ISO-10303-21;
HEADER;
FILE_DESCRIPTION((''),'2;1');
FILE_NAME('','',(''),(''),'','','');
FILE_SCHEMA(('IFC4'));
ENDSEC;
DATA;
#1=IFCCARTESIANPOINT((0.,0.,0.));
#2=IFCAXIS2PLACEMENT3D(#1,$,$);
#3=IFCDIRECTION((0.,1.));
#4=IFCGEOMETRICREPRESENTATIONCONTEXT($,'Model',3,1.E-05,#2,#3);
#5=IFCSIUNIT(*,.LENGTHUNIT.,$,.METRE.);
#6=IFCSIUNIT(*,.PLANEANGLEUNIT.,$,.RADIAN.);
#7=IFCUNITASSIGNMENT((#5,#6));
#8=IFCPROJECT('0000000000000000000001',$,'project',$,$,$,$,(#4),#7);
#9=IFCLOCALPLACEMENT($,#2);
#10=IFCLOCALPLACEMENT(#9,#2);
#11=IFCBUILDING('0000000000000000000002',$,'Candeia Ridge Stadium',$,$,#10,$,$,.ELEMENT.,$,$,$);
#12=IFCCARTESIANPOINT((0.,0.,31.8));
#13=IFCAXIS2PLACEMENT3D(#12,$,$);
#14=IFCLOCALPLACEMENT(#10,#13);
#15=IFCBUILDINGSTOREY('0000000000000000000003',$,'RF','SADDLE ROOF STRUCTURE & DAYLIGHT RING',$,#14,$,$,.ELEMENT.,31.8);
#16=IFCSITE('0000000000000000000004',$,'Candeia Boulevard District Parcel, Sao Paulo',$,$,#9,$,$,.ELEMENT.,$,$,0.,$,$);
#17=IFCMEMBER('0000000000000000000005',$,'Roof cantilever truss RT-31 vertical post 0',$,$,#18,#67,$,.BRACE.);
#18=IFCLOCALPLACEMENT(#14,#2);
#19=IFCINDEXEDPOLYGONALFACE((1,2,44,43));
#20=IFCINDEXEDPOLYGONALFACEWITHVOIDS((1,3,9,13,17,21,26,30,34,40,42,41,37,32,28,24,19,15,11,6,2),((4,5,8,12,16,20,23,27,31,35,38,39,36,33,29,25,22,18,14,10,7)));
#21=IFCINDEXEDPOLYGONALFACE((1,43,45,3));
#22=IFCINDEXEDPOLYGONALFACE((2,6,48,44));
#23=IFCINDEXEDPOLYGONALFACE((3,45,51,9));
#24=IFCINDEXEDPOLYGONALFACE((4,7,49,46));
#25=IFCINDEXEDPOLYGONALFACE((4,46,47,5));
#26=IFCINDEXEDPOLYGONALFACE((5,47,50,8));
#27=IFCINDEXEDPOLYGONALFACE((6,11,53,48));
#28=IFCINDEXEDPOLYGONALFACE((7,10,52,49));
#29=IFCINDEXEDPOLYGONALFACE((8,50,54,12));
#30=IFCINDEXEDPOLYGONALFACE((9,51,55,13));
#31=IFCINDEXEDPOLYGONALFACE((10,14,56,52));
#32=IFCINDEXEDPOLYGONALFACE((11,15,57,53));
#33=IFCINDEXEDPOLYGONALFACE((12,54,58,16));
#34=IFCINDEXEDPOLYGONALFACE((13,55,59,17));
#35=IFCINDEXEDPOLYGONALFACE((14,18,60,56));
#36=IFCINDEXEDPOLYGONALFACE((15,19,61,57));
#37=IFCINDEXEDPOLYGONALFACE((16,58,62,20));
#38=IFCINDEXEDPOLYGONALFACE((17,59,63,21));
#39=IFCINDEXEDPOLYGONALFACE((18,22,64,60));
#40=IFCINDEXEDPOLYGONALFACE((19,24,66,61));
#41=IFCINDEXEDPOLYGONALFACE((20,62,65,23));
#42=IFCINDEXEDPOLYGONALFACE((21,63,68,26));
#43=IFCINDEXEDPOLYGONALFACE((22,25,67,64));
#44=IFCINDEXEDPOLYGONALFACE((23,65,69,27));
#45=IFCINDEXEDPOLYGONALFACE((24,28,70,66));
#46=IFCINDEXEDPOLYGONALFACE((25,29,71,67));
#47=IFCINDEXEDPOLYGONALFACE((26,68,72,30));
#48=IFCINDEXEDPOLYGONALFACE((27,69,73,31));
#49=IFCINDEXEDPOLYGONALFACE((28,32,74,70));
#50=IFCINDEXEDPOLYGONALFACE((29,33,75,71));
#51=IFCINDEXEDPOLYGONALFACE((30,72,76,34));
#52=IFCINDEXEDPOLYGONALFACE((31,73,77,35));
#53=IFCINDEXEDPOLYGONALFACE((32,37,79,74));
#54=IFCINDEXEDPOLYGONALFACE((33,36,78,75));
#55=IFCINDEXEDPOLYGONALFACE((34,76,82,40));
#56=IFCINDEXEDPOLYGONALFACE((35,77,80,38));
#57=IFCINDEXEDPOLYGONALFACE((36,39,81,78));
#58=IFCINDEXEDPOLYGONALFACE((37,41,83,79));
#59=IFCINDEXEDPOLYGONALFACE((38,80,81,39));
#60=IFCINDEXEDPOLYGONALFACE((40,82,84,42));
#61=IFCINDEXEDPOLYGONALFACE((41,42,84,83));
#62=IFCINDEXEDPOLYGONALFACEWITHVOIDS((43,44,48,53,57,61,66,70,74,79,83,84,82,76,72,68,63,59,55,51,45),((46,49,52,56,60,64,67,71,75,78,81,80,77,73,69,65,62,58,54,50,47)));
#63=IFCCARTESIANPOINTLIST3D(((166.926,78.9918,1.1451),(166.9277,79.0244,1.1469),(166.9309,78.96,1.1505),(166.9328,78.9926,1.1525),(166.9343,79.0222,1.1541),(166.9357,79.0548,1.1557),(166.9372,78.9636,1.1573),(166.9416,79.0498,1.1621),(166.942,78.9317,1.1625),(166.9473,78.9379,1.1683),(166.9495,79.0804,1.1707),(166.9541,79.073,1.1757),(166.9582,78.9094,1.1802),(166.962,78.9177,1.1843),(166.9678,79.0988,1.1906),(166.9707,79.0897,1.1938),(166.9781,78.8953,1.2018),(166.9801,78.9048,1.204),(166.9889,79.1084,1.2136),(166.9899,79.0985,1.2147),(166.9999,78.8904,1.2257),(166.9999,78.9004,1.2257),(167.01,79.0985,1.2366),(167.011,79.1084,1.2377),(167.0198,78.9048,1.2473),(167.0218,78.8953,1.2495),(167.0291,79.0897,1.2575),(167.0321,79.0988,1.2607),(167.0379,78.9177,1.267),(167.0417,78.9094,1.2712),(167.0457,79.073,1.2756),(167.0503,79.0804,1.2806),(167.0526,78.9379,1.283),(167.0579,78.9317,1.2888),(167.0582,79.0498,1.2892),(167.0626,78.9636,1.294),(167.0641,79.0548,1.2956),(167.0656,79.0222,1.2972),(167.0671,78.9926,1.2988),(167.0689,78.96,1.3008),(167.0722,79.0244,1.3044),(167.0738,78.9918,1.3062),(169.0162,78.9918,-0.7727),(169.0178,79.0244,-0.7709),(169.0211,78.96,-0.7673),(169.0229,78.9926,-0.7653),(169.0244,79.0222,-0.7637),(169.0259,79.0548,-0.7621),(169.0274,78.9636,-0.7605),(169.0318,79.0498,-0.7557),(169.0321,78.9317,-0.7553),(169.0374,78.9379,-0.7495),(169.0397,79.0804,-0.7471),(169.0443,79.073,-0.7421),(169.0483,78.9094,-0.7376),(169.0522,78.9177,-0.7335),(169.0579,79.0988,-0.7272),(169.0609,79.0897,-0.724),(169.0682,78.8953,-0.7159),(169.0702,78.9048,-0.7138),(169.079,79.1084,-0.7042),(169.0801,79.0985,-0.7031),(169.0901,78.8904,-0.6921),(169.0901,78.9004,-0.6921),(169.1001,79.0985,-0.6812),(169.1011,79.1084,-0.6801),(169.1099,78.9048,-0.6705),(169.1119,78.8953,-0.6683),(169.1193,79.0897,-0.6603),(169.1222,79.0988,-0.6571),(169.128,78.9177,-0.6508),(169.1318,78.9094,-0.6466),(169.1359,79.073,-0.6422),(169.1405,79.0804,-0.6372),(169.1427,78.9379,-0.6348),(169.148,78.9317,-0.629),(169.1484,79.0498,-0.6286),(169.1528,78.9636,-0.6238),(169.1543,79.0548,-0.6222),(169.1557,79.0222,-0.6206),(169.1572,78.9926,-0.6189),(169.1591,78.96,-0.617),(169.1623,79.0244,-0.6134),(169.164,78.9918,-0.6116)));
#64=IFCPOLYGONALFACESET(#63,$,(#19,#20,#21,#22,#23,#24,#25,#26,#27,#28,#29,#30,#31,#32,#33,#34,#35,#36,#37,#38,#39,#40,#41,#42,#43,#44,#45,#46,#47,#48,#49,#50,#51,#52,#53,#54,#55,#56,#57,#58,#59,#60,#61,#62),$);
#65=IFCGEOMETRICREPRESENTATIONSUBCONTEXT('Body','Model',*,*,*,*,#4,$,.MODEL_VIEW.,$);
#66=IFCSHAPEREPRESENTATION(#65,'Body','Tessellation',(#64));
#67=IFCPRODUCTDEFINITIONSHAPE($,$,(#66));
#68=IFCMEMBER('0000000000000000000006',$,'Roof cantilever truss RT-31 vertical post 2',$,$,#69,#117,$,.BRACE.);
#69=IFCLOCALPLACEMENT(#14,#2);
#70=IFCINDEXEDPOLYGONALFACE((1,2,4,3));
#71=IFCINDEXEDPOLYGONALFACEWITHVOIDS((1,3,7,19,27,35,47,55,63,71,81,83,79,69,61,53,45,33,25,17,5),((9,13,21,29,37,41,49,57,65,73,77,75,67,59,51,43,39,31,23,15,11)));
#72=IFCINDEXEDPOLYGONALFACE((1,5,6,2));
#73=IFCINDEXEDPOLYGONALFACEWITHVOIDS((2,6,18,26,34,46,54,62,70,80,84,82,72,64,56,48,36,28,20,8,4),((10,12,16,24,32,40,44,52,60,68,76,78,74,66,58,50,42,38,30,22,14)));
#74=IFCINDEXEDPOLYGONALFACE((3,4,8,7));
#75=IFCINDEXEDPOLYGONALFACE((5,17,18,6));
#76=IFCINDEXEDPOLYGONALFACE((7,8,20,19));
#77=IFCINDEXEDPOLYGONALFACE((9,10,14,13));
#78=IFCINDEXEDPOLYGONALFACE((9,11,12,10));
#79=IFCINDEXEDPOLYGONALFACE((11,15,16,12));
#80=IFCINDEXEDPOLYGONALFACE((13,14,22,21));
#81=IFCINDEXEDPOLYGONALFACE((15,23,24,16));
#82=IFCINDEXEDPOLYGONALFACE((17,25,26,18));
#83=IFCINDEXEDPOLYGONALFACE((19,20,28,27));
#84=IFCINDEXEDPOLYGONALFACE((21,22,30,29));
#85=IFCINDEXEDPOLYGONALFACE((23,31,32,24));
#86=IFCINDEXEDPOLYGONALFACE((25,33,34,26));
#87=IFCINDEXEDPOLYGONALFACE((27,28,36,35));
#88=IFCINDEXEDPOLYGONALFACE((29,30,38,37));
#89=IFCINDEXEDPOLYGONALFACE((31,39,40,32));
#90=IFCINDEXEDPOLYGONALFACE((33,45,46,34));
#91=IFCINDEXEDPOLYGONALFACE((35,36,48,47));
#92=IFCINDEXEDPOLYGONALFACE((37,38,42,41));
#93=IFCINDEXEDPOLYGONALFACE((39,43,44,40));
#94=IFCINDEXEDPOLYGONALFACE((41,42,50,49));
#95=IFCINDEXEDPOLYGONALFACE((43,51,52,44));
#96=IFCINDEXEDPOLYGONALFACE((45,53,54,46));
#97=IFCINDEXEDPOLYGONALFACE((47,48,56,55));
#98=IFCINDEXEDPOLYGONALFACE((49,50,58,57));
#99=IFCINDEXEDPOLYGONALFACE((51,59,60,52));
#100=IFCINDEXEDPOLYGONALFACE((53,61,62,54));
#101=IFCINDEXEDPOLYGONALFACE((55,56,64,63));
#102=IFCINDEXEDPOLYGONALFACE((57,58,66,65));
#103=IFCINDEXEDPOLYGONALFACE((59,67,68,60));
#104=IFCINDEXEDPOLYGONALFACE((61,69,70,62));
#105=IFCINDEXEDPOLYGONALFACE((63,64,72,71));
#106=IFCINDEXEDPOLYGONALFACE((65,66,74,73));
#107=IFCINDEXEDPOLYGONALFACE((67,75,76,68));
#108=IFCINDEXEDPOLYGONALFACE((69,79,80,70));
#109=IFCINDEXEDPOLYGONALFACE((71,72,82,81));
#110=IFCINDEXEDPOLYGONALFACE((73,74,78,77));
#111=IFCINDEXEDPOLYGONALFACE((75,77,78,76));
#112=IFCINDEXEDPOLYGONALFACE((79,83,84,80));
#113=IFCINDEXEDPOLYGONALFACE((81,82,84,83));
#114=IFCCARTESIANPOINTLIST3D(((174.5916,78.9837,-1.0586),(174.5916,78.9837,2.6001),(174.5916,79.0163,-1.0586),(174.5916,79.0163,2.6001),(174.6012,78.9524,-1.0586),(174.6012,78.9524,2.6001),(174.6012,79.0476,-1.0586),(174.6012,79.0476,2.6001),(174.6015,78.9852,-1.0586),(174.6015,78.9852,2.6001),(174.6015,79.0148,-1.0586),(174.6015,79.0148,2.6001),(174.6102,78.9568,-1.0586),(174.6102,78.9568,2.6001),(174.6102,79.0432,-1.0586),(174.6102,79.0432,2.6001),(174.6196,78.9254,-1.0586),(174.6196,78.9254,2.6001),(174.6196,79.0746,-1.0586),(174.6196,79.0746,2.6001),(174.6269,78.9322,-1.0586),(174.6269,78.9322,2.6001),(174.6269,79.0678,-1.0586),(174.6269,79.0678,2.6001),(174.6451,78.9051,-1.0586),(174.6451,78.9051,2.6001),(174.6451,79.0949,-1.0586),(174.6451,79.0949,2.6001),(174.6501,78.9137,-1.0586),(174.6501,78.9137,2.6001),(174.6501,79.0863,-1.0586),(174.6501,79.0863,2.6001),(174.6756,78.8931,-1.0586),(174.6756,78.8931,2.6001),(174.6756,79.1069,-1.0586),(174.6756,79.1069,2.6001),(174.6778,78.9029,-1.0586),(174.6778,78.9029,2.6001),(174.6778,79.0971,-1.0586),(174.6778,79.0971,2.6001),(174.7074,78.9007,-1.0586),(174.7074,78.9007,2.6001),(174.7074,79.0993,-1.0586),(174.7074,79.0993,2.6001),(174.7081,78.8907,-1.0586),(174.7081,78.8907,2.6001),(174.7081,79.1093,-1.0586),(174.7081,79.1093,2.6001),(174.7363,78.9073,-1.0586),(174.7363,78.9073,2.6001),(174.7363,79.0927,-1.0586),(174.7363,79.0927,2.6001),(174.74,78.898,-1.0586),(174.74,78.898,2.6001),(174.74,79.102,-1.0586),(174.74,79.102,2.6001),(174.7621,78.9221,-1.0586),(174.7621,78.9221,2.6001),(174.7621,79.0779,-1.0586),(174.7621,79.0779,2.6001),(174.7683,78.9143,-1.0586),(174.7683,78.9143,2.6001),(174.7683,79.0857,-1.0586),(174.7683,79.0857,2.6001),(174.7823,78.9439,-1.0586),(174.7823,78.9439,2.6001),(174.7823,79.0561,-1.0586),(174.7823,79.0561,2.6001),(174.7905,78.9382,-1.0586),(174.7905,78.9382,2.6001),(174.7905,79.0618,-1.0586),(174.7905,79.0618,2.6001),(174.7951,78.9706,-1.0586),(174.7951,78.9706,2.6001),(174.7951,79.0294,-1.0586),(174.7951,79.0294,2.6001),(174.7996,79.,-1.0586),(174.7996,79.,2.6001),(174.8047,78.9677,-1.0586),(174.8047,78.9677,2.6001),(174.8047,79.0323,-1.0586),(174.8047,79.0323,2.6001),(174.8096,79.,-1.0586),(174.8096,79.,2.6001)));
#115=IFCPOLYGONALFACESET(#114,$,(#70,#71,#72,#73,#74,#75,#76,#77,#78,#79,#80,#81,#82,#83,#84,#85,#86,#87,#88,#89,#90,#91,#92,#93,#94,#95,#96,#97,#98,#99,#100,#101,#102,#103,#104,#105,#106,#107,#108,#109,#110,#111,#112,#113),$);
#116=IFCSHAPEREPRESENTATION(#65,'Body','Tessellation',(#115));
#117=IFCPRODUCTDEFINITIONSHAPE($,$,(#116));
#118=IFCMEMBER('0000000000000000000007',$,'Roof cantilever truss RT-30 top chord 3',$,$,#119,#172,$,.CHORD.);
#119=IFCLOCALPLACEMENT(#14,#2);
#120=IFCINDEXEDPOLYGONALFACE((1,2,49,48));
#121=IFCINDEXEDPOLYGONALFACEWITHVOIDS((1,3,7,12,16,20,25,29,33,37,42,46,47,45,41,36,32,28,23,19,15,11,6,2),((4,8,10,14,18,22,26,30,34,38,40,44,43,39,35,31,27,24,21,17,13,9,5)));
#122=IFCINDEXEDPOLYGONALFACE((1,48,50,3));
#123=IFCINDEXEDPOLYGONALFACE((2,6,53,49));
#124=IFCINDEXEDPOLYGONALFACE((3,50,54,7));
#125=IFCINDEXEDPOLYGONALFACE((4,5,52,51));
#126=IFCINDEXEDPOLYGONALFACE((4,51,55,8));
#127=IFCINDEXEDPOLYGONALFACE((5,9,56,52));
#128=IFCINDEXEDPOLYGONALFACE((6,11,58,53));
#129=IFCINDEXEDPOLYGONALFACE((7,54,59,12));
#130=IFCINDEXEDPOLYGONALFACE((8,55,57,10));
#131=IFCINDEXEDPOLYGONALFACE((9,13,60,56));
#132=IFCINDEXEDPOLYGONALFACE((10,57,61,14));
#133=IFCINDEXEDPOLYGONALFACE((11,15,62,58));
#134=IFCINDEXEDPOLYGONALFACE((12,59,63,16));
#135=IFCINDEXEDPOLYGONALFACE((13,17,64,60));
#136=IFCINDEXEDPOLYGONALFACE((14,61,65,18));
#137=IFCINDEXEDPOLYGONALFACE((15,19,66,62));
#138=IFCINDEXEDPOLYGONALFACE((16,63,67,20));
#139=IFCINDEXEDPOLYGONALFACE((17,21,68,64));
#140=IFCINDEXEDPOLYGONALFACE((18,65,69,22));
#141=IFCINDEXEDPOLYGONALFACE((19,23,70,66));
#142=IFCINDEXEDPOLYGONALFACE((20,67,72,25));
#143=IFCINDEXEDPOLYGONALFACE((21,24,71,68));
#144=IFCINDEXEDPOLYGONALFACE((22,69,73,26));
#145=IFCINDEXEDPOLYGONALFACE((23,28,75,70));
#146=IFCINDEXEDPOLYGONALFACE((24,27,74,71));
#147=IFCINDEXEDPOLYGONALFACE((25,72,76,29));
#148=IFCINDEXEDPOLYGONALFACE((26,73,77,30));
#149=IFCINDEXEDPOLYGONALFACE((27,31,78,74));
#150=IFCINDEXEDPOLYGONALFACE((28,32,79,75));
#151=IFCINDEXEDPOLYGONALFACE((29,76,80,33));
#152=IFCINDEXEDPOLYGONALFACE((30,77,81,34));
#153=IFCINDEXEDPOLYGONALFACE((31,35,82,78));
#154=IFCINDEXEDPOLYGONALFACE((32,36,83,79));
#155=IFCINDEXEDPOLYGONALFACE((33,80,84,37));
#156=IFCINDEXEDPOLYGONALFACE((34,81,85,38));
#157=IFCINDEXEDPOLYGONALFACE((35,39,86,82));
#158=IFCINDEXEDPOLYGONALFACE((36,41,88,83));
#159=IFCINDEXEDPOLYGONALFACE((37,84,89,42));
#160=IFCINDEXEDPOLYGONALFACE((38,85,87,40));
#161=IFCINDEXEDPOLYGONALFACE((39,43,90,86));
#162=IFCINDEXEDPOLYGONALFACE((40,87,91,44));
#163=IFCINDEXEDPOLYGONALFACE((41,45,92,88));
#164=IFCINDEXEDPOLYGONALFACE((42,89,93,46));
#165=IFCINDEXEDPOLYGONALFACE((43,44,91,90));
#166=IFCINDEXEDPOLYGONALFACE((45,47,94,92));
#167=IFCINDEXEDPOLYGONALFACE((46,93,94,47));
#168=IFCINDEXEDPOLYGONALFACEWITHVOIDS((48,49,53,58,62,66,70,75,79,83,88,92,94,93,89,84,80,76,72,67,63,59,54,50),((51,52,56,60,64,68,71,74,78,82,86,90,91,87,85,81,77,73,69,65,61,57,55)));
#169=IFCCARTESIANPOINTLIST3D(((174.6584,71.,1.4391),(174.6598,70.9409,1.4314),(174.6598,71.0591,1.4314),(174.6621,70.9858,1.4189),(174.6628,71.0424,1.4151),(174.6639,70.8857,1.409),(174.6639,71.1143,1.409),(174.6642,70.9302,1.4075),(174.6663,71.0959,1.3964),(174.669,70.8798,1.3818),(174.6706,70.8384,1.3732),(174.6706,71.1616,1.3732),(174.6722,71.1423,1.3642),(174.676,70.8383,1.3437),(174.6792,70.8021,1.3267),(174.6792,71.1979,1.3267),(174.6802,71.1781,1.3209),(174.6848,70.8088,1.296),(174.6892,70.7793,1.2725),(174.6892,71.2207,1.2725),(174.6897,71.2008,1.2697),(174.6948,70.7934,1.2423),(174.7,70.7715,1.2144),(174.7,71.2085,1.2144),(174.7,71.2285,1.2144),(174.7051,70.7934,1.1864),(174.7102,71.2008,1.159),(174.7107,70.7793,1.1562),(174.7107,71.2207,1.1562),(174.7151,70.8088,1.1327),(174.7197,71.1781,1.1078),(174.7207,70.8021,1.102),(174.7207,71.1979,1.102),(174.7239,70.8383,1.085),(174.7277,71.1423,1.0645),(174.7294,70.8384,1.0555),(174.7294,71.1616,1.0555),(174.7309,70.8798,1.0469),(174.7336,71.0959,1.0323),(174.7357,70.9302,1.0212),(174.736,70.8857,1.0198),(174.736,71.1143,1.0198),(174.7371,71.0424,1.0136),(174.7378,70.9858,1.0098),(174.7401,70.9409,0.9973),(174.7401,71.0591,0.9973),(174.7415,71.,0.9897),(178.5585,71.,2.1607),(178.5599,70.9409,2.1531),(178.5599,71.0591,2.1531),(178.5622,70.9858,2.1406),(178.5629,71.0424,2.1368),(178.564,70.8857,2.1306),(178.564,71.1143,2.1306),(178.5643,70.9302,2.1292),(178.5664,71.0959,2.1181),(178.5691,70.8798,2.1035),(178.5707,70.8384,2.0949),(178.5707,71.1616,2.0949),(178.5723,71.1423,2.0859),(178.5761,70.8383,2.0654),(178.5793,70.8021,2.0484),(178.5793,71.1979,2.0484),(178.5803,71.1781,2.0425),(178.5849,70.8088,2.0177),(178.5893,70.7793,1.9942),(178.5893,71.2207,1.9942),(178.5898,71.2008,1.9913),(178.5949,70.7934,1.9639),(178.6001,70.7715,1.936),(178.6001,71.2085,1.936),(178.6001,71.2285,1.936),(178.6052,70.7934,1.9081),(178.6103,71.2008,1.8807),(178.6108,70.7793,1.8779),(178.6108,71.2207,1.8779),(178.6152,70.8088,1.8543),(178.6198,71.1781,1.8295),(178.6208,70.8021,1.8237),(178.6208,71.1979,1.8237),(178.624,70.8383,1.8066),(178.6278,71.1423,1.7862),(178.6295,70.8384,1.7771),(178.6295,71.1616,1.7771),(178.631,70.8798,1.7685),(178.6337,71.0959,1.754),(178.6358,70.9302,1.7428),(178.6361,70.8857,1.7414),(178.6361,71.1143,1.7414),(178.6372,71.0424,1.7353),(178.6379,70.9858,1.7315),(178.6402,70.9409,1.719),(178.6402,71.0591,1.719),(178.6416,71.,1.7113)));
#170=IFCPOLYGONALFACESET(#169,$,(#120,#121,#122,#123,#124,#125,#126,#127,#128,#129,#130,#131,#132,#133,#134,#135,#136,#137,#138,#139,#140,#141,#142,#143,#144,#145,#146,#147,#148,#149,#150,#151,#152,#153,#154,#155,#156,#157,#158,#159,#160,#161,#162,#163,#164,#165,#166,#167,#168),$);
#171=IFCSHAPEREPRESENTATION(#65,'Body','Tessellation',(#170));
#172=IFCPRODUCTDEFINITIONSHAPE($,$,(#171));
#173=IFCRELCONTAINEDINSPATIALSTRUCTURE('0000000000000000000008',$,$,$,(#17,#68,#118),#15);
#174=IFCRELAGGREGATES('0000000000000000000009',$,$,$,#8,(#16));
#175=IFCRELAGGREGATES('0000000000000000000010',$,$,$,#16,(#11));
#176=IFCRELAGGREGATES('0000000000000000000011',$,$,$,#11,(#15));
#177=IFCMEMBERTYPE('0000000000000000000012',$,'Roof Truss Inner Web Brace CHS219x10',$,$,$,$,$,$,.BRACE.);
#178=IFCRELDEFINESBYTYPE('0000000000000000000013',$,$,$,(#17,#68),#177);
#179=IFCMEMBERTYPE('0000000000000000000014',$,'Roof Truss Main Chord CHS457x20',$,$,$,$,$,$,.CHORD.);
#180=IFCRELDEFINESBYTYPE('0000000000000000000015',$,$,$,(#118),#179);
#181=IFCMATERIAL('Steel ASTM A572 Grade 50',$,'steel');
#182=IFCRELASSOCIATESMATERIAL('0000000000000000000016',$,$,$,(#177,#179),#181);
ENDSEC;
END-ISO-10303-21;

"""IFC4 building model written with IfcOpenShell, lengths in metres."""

from ifc_helpers import new_model, si_unit, direction, frame, origin, origin_2d, place, context, subcontext, project, spatial, hollow_circle, extrude, material, material_profile, profile_set, type_object, element, save


model = new_model("IFC4")

# Units and contexts
model_context = context("Model", 3, precision=1e-05, world=origin(), true_north=direction((0.0, 1.0)))
body_context = subcontext(model_context, "Body", "Model", "MODEL_VIEW")
ifc_project = project(units=[si_unit("LENGTHUNIT", "METRE"), si_unit("PLANEANGLEUNIT", "RADIAN")], contexts=[model_context])

# Site, building, storey
site_placement = place(None, origin())
site = spatial("IfcSite", under=ifc_project, at=site_placement, Name="Candeia Boulevard District Parcel, Sao Paulo", CompositionType="ELEMENT", RefElevation=0.0)
building_placement = place(site_placement, origin())
building = spatial("IfcBuilding", under=site, at=building_placement, Name="Candeia Ridge Stadium", CompositionType="ELEMENT")
storey_placement = place(building_placement, frame((0.0, 0.0, 31.8)))
storey = spatial("IfcBuildingStorey", under=building, at=storey_placement, Name="RF", Description="SADDLE ROOF STRUCTURE & DAYLIGHT RING", CompositionType="ELEMENT", Elevation=31.8)

# Shared definitions
ifc_material_1 = material(Name="Steel ASTM A572 Grade 50", Category="steel")

# Members
ifc_material_profile_1 = material_profile(ifc_material_1, hollow_circle(Radius=0.1096, WallThickness=0.01, at=origin_2d()), Name="CHS219x10", Category="steel")
ifc_profile_set_1 = profile_set([ifc_material_profile_1], Name="Steel ASTM A572 Grade 50")
member_type_1 = type_object("IfcMemberType", Name="Roof Truss Inner Web Brace CHS219x10", PredefinedType="BRACE", material=ifc_profile_set_1)
member_1_placement = place(storey_placement, frame((169.0901, 79.0, -0.6921), z_axis=(-0.736836, 0.0, 0.676071), x_axis=(0.0, -1.0, 0.0)))
element("IfcMember", 1, at=member_1_placement, inside=storey, type_object=member_type_1, Name="Roof cantilever truss RT-31 vertical post 0", PredefinedType="BRACE", context=body_context, shape_type="SweptSolid", body=[
    extrude(hollow_circle(Radius=0.1096, WallThickness=0.01, at=origin_2d()), origin(), (0.0, 0.0, 1.0), 2.8367),
])
member_2_placement = place(storey_placement, frame((174.7, 79.0, -1.0586), z_axis=(0.0, 0.0, 1.0), x_axis=(1.0, 0.0, 0.0)))
element("IfcMember", 2, at=member_2_placement, inside=storey, type_object=member_type_1, Name="Roof cantilever truss RT-31 vertical post 2", PredefinedType="BRACE", context=body_context, shape_type="SweptSolid", body=[
    extrude(hollow_circle(Radius=0.1096, WallThickness=0.01, at=origin_2d()), origin(), (0.0, 0.0, 1.0), 3.6587),
])
ifc_material_profile_2 = material_profile(ifc_material_1, hollow_circle(Radius=0.2285, WallThickness=0.02, at=origin_2d()), Name="CHS457x20", Category="steel")
ifc_profile_set_2 = profile_set([ifc_material_profile_2], Name="Steel ASTM A572 Grade 50")
member_type_2 = type_object("IfcMemberType", Name="Roof Truss Main Chord CHS457x20", PredefinedType="CHORD", material=ifc_profile_set_2)
member_3_placement = place(storey_placement, frame((174.7, 71.0, 1.2144), z_axis=(0.983308, 0.0, 0.18195), x_axis=(0.0, 1.0, 0.0)))
element("IfcMember", 3, at=member_3_placement, inside=storey, type_object=member_type_2, Name="Roof cantilever truss RT-30 top chord 3", PredefinedType="CHORD", context=body_context, shape_type="SweptSolid", body=[
    extrude(hollow_circle(Radius=0.2285, WallThickness=0.02, at=origin_2d()), origin(), (0.0, 0.0, 1.0), 3.9663),
])

save(model, "model.ifc")
